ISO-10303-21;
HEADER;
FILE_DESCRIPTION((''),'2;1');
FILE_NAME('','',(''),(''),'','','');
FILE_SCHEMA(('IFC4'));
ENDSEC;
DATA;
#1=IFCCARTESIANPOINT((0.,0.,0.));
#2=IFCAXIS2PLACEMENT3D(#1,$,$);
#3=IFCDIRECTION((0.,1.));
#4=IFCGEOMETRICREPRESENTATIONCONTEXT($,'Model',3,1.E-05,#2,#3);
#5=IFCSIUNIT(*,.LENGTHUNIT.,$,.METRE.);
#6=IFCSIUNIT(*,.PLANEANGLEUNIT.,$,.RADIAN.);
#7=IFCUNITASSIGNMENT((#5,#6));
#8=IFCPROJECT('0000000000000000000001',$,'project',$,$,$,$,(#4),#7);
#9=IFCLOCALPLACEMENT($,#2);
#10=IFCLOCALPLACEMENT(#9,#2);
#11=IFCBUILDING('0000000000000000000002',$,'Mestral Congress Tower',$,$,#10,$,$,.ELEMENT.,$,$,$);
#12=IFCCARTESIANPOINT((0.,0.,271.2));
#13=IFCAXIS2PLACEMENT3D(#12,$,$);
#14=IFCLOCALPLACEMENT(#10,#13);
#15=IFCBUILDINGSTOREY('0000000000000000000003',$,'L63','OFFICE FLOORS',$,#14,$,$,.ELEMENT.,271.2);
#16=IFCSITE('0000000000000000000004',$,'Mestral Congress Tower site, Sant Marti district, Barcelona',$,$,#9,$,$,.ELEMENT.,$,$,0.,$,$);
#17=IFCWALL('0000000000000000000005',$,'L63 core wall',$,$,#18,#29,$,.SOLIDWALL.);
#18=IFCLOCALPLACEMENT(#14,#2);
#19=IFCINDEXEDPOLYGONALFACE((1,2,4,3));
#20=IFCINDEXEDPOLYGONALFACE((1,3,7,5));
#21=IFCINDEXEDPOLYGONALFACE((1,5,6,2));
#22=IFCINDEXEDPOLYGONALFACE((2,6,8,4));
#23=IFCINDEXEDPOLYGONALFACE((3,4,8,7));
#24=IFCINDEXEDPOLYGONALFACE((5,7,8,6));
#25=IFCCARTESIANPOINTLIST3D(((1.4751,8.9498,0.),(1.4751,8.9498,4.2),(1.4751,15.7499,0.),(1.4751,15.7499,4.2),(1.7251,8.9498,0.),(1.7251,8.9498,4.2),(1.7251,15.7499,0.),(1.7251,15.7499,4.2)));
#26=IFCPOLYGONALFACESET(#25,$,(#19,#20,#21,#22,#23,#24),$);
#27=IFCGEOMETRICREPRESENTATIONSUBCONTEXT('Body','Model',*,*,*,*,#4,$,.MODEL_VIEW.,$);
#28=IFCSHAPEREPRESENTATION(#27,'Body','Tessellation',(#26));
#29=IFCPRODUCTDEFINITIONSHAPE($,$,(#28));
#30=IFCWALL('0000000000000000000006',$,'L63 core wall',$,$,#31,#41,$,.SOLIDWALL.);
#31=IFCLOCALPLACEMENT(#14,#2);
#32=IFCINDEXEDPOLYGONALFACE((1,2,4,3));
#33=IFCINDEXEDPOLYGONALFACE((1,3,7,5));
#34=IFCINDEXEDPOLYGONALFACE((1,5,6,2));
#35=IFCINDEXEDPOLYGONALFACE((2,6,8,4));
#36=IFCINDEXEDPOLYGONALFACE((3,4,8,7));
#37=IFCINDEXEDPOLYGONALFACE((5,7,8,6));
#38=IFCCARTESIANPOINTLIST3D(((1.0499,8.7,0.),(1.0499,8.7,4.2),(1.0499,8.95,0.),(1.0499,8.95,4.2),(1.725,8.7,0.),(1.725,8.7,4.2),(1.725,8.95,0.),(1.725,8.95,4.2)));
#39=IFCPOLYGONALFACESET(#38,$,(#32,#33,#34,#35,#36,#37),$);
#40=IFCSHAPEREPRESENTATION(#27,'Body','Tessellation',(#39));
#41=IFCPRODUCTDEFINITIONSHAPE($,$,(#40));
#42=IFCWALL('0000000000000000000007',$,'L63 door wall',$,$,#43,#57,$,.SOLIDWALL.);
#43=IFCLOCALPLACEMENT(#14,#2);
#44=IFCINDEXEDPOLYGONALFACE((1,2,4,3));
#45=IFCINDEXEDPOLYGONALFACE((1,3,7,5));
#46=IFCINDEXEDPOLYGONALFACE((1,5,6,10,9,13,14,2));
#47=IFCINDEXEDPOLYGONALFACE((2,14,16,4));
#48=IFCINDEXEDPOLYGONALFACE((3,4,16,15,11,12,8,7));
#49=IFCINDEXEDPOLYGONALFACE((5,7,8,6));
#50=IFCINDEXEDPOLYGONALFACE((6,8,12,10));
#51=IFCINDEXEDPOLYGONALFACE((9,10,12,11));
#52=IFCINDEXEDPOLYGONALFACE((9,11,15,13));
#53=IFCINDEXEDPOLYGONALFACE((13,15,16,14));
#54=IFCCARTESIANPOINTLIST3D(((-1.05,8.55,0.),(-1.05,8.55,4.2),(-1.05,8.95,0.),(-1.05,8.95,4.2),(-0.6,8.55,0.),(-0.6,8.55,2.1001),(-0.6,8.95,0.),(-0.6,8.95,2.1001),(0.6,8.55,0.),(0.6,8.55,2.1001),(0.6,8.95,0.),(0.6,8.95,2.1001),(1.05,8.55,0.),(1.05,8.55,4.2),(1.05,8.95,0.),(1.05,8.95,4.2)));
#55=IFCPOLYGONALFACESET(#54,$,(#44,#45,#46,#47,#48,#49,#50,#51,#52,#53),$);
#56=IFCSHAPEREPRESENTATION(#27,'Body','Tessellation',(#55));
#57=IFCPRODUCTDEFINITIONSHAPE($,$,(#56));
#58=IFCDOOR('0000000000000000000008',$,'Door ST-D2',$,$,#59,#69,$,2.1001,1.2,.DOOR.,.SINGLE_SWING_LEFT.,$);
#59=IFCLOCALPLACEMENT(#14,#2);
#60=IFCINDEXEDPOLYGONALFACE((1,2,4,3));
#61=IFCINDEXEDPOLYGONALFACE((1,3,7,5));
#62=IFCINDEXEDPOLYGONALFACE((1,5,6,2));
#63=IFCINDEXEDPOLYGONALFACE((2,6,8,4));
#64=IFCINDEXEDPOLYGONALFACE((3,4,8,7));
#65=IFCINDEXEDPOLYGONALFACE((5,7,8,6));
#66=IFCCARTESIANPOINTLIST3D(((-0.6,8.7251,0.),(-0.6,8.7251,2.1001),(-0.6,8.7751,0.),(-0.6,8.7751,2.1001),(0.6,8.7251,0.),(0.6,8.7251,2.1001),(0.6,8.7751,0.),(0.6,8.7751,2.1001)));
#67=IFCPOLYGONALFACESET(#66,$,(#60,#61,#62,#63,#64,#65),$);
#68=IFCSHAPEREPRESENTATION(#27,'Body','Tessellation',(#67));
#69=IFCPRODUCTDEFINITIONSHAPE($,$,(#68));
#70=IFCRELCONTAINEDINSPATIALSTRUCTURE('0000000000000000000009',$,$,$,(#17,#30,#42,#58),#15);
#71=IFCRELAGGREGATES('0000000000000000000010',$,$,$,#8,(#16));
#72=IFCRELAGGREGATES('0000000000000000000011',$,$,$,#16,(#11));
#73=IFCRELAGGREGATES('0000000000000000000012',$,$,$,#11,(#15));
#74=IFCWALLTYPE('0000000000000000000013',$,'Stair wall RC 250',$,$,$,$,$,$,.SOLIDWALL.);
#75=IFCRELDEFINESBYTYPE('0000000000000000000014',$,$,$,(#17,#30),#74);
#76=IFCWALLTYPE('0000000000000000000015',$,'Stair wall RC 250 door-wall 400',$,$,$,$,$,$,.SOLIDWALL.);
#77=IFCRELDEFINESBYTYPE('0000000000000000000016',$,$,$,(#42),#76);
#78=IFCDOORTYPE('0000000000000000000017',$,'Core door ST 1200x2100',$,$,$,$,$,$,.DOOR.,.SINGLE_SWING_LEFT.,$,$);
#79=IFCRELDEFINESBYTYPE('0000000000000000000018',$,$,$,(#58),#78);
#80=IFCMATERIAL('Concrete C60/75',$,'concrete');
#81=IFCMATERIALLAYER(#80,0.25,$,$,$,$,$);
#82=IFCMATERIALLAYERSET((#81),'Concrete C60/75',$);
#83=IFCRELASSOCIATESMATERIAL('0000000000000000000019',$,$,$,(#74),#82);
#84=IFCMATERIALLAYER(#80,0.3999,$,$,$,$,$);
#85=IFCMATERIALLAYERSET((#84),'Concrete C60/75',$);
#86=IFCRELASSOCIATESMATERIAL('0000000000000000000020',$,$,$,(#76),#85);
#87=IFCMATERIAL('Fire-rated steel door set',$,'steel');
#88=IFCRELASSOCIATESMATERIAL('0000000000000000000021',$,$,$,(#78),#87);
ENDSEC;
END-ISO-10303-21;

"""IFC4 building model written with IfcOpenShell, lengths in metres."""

from ifc_helpers import new_model, si_unit, direction, frame, frame_2d, origin, place, context, subcontext, project, spatial, rectangle, extrude, material, layer, layer_set, type_object, element, fill, save


model = new_model("IFC4")

# Units and contexts
model_context = context("Model", 3, precision=1e-05, world=origin(), true_north=direction((0.0, 1.0)))
body_context = subcontext(model_context, "Body", "Model", "MODEL_VIEW")
ifc_project = project(units=[si_unit("LENGTHUNIT", "METRE"), si_unit("PLANEANGLEUNIT", "RADIAN")], contexts=[model_context])

# Site, building, storey
site_placement = place(None, origin())
site = spatial("IfcSite", under=ifc_project, at=site_placement, Name="Mestral Congress Tower site, Sant Marti district, Barcelona", CompositionType="ELEMENT", RefElevation=0.0)
building_placement = place(site_placement, origin())
building = spatial("IfcBuilding", under=site, at=building_placement, Name="Mestral Congress Tower", CompositionType="ELEMENT")
storey_placement = place(building_placement, frame((0.0, 0.0, 271.2)))
storey = spatial("IfcBuildingStorey", under=building, at=storey_placement, Name="L63", Description="OFFICE FLOORS", CompositionType="ELEMENT", Elevation=271.2)

# Walls
ifc_material_1 = material(Name="Concrete C60/75", Category="concrete")
ifc_layer_1 = layer(ifc_material_1, 0.25)
ifc_layer_set_1 = layer_set([ifc_layer_1], Name="Concrete C60/75")
wall_type_1 = type_object("IfcWallType", Name="Stair wall RC 250", PredefinedType="SOLIDWALL", material=ifc_layer_set_1)
wall_1_placement = place(storey_placement, frame((1.6001, 8.95, 0.0), z_axis=(0.0, 0.0, 1.0), x_axis=(0.0, 1.0, 0.0)))
element("IfcWall", 1, at=wall_1_placement, inside=storey, type_object=wall_type_1, Name="L63 core wall", PredefinedType="SOLIDWALL", context=body_context, shape_type="SweptSolid", body=[
    extrude(rectangle(XDim=6.8, YDim=0.25, at=frame_2d((3.3999, 0.0))), origin(), (0.0, 0.0, 1.0), 4.2),
])
wall_2_placement = place(storey_placement, frame((1.05, 8.825, 0.0), z_axis=(0.0, 0.0, 1.0), x_axis=(1.0, 0.0, 0.0)))
element("IfcWall", 2, at=wall_2_placement, inside=storey, type_object=wall_type_1, Name="L63 core wall", PredefinedType="SOLIDWALL", context=body_context, shape_type="SweptSolid", body=[
    extrude(rectangle(XDim=0.675, YDim=0.25, at=frame_2d((0.3374, 0.0))), origin(), (0.0, 0.0, 1.0), 4.2),
])

# Wall, opening, door
ifc_layer_2 = layer(ifc_material_1, 0.3999)
ifc_layer_set_2 = layer_set([ifc_layer_2], Name="Concrete C60/75")
wall_type_2 = type_object("IfcWallType", Name="Stair wall RC 250 door-wall 400", PredefinedType="SOLIDWALL", material=ifc_layer_set_2)
wall_3_placement = place(storey_placement, frame((1.05, 8.75, 0.0), z_axis=(0.0, 0.0, 1.0), x_axis=(-1.0, 0.0, 0.0)))
wall_3 = element("IfcWall", 3, at=wall_3_placement, inside=storey, type_object=wall_type_2, Name="L63 door wall", PredefinedType="SOLIDWALL", context=body_context, shape_type="SweptSolid", body=[
    extrude(rectangle(XDim=2.1001, YDim=0.3999, at=frame_2d((1.05, 0.0))), origin(), (0.0, 0.0, 1.0), 4.2),
])
opening_placement = place(wall_3_placement, frame((0.45, 0.0, 0.0)))
opening = element("IfcOpeningElement", 4, at=opening_placement, cuts=wall_3, PredefinedType="OPENING", context=body_context, shape_type="SweptSolid", body=[
    extrude(rectangle(XDim=1.2, YDim=2.1001, at=frame_2d((0.6001, 1.05))), frame((0.0, 0.21, 0.0), z_axis=(0.0, -1.0, 0.0), x_axis=(1.0, 0.0, 0.0)), (0.0, 0.0, 1.0), 0.4199),
])
ifc_material_2 = material(Name="Fire-rated steel door set", Category="steel")
door_type = type_object("IfcDoorType", Name="Core door ST 1200x2100", OperationType="SINGLE_SWING_LEFT", PredefinedType="DOOR", material=ifc_material_2)
door_placement = place(opening_placement, origin())
door = element("IfcDoor", 5, at=door_placement, inside=storey, type_object=door_type, Name="Door ST-D2", OperationType="SINGLE_SWING_LEFT", OverallHeight=2.1001, OverallWidth=1.2, PredefinedType="DOOR", context=body_context, shape_type="SweptSolid", body=[
    extrude(rectangle(XDim=1.2, YDim=2.1001, at=frame_2d((0.6001, 1.05))), frame((0.0, 0.0249, 0.0), z_axis=(0.0, -1.0, 0.0), x_axis=(1.0, 0.0, 0.0)), (0.0, 0.0, 1.0), 0.05),
])
fill(opening, door)

save(model, "model.ifc")
